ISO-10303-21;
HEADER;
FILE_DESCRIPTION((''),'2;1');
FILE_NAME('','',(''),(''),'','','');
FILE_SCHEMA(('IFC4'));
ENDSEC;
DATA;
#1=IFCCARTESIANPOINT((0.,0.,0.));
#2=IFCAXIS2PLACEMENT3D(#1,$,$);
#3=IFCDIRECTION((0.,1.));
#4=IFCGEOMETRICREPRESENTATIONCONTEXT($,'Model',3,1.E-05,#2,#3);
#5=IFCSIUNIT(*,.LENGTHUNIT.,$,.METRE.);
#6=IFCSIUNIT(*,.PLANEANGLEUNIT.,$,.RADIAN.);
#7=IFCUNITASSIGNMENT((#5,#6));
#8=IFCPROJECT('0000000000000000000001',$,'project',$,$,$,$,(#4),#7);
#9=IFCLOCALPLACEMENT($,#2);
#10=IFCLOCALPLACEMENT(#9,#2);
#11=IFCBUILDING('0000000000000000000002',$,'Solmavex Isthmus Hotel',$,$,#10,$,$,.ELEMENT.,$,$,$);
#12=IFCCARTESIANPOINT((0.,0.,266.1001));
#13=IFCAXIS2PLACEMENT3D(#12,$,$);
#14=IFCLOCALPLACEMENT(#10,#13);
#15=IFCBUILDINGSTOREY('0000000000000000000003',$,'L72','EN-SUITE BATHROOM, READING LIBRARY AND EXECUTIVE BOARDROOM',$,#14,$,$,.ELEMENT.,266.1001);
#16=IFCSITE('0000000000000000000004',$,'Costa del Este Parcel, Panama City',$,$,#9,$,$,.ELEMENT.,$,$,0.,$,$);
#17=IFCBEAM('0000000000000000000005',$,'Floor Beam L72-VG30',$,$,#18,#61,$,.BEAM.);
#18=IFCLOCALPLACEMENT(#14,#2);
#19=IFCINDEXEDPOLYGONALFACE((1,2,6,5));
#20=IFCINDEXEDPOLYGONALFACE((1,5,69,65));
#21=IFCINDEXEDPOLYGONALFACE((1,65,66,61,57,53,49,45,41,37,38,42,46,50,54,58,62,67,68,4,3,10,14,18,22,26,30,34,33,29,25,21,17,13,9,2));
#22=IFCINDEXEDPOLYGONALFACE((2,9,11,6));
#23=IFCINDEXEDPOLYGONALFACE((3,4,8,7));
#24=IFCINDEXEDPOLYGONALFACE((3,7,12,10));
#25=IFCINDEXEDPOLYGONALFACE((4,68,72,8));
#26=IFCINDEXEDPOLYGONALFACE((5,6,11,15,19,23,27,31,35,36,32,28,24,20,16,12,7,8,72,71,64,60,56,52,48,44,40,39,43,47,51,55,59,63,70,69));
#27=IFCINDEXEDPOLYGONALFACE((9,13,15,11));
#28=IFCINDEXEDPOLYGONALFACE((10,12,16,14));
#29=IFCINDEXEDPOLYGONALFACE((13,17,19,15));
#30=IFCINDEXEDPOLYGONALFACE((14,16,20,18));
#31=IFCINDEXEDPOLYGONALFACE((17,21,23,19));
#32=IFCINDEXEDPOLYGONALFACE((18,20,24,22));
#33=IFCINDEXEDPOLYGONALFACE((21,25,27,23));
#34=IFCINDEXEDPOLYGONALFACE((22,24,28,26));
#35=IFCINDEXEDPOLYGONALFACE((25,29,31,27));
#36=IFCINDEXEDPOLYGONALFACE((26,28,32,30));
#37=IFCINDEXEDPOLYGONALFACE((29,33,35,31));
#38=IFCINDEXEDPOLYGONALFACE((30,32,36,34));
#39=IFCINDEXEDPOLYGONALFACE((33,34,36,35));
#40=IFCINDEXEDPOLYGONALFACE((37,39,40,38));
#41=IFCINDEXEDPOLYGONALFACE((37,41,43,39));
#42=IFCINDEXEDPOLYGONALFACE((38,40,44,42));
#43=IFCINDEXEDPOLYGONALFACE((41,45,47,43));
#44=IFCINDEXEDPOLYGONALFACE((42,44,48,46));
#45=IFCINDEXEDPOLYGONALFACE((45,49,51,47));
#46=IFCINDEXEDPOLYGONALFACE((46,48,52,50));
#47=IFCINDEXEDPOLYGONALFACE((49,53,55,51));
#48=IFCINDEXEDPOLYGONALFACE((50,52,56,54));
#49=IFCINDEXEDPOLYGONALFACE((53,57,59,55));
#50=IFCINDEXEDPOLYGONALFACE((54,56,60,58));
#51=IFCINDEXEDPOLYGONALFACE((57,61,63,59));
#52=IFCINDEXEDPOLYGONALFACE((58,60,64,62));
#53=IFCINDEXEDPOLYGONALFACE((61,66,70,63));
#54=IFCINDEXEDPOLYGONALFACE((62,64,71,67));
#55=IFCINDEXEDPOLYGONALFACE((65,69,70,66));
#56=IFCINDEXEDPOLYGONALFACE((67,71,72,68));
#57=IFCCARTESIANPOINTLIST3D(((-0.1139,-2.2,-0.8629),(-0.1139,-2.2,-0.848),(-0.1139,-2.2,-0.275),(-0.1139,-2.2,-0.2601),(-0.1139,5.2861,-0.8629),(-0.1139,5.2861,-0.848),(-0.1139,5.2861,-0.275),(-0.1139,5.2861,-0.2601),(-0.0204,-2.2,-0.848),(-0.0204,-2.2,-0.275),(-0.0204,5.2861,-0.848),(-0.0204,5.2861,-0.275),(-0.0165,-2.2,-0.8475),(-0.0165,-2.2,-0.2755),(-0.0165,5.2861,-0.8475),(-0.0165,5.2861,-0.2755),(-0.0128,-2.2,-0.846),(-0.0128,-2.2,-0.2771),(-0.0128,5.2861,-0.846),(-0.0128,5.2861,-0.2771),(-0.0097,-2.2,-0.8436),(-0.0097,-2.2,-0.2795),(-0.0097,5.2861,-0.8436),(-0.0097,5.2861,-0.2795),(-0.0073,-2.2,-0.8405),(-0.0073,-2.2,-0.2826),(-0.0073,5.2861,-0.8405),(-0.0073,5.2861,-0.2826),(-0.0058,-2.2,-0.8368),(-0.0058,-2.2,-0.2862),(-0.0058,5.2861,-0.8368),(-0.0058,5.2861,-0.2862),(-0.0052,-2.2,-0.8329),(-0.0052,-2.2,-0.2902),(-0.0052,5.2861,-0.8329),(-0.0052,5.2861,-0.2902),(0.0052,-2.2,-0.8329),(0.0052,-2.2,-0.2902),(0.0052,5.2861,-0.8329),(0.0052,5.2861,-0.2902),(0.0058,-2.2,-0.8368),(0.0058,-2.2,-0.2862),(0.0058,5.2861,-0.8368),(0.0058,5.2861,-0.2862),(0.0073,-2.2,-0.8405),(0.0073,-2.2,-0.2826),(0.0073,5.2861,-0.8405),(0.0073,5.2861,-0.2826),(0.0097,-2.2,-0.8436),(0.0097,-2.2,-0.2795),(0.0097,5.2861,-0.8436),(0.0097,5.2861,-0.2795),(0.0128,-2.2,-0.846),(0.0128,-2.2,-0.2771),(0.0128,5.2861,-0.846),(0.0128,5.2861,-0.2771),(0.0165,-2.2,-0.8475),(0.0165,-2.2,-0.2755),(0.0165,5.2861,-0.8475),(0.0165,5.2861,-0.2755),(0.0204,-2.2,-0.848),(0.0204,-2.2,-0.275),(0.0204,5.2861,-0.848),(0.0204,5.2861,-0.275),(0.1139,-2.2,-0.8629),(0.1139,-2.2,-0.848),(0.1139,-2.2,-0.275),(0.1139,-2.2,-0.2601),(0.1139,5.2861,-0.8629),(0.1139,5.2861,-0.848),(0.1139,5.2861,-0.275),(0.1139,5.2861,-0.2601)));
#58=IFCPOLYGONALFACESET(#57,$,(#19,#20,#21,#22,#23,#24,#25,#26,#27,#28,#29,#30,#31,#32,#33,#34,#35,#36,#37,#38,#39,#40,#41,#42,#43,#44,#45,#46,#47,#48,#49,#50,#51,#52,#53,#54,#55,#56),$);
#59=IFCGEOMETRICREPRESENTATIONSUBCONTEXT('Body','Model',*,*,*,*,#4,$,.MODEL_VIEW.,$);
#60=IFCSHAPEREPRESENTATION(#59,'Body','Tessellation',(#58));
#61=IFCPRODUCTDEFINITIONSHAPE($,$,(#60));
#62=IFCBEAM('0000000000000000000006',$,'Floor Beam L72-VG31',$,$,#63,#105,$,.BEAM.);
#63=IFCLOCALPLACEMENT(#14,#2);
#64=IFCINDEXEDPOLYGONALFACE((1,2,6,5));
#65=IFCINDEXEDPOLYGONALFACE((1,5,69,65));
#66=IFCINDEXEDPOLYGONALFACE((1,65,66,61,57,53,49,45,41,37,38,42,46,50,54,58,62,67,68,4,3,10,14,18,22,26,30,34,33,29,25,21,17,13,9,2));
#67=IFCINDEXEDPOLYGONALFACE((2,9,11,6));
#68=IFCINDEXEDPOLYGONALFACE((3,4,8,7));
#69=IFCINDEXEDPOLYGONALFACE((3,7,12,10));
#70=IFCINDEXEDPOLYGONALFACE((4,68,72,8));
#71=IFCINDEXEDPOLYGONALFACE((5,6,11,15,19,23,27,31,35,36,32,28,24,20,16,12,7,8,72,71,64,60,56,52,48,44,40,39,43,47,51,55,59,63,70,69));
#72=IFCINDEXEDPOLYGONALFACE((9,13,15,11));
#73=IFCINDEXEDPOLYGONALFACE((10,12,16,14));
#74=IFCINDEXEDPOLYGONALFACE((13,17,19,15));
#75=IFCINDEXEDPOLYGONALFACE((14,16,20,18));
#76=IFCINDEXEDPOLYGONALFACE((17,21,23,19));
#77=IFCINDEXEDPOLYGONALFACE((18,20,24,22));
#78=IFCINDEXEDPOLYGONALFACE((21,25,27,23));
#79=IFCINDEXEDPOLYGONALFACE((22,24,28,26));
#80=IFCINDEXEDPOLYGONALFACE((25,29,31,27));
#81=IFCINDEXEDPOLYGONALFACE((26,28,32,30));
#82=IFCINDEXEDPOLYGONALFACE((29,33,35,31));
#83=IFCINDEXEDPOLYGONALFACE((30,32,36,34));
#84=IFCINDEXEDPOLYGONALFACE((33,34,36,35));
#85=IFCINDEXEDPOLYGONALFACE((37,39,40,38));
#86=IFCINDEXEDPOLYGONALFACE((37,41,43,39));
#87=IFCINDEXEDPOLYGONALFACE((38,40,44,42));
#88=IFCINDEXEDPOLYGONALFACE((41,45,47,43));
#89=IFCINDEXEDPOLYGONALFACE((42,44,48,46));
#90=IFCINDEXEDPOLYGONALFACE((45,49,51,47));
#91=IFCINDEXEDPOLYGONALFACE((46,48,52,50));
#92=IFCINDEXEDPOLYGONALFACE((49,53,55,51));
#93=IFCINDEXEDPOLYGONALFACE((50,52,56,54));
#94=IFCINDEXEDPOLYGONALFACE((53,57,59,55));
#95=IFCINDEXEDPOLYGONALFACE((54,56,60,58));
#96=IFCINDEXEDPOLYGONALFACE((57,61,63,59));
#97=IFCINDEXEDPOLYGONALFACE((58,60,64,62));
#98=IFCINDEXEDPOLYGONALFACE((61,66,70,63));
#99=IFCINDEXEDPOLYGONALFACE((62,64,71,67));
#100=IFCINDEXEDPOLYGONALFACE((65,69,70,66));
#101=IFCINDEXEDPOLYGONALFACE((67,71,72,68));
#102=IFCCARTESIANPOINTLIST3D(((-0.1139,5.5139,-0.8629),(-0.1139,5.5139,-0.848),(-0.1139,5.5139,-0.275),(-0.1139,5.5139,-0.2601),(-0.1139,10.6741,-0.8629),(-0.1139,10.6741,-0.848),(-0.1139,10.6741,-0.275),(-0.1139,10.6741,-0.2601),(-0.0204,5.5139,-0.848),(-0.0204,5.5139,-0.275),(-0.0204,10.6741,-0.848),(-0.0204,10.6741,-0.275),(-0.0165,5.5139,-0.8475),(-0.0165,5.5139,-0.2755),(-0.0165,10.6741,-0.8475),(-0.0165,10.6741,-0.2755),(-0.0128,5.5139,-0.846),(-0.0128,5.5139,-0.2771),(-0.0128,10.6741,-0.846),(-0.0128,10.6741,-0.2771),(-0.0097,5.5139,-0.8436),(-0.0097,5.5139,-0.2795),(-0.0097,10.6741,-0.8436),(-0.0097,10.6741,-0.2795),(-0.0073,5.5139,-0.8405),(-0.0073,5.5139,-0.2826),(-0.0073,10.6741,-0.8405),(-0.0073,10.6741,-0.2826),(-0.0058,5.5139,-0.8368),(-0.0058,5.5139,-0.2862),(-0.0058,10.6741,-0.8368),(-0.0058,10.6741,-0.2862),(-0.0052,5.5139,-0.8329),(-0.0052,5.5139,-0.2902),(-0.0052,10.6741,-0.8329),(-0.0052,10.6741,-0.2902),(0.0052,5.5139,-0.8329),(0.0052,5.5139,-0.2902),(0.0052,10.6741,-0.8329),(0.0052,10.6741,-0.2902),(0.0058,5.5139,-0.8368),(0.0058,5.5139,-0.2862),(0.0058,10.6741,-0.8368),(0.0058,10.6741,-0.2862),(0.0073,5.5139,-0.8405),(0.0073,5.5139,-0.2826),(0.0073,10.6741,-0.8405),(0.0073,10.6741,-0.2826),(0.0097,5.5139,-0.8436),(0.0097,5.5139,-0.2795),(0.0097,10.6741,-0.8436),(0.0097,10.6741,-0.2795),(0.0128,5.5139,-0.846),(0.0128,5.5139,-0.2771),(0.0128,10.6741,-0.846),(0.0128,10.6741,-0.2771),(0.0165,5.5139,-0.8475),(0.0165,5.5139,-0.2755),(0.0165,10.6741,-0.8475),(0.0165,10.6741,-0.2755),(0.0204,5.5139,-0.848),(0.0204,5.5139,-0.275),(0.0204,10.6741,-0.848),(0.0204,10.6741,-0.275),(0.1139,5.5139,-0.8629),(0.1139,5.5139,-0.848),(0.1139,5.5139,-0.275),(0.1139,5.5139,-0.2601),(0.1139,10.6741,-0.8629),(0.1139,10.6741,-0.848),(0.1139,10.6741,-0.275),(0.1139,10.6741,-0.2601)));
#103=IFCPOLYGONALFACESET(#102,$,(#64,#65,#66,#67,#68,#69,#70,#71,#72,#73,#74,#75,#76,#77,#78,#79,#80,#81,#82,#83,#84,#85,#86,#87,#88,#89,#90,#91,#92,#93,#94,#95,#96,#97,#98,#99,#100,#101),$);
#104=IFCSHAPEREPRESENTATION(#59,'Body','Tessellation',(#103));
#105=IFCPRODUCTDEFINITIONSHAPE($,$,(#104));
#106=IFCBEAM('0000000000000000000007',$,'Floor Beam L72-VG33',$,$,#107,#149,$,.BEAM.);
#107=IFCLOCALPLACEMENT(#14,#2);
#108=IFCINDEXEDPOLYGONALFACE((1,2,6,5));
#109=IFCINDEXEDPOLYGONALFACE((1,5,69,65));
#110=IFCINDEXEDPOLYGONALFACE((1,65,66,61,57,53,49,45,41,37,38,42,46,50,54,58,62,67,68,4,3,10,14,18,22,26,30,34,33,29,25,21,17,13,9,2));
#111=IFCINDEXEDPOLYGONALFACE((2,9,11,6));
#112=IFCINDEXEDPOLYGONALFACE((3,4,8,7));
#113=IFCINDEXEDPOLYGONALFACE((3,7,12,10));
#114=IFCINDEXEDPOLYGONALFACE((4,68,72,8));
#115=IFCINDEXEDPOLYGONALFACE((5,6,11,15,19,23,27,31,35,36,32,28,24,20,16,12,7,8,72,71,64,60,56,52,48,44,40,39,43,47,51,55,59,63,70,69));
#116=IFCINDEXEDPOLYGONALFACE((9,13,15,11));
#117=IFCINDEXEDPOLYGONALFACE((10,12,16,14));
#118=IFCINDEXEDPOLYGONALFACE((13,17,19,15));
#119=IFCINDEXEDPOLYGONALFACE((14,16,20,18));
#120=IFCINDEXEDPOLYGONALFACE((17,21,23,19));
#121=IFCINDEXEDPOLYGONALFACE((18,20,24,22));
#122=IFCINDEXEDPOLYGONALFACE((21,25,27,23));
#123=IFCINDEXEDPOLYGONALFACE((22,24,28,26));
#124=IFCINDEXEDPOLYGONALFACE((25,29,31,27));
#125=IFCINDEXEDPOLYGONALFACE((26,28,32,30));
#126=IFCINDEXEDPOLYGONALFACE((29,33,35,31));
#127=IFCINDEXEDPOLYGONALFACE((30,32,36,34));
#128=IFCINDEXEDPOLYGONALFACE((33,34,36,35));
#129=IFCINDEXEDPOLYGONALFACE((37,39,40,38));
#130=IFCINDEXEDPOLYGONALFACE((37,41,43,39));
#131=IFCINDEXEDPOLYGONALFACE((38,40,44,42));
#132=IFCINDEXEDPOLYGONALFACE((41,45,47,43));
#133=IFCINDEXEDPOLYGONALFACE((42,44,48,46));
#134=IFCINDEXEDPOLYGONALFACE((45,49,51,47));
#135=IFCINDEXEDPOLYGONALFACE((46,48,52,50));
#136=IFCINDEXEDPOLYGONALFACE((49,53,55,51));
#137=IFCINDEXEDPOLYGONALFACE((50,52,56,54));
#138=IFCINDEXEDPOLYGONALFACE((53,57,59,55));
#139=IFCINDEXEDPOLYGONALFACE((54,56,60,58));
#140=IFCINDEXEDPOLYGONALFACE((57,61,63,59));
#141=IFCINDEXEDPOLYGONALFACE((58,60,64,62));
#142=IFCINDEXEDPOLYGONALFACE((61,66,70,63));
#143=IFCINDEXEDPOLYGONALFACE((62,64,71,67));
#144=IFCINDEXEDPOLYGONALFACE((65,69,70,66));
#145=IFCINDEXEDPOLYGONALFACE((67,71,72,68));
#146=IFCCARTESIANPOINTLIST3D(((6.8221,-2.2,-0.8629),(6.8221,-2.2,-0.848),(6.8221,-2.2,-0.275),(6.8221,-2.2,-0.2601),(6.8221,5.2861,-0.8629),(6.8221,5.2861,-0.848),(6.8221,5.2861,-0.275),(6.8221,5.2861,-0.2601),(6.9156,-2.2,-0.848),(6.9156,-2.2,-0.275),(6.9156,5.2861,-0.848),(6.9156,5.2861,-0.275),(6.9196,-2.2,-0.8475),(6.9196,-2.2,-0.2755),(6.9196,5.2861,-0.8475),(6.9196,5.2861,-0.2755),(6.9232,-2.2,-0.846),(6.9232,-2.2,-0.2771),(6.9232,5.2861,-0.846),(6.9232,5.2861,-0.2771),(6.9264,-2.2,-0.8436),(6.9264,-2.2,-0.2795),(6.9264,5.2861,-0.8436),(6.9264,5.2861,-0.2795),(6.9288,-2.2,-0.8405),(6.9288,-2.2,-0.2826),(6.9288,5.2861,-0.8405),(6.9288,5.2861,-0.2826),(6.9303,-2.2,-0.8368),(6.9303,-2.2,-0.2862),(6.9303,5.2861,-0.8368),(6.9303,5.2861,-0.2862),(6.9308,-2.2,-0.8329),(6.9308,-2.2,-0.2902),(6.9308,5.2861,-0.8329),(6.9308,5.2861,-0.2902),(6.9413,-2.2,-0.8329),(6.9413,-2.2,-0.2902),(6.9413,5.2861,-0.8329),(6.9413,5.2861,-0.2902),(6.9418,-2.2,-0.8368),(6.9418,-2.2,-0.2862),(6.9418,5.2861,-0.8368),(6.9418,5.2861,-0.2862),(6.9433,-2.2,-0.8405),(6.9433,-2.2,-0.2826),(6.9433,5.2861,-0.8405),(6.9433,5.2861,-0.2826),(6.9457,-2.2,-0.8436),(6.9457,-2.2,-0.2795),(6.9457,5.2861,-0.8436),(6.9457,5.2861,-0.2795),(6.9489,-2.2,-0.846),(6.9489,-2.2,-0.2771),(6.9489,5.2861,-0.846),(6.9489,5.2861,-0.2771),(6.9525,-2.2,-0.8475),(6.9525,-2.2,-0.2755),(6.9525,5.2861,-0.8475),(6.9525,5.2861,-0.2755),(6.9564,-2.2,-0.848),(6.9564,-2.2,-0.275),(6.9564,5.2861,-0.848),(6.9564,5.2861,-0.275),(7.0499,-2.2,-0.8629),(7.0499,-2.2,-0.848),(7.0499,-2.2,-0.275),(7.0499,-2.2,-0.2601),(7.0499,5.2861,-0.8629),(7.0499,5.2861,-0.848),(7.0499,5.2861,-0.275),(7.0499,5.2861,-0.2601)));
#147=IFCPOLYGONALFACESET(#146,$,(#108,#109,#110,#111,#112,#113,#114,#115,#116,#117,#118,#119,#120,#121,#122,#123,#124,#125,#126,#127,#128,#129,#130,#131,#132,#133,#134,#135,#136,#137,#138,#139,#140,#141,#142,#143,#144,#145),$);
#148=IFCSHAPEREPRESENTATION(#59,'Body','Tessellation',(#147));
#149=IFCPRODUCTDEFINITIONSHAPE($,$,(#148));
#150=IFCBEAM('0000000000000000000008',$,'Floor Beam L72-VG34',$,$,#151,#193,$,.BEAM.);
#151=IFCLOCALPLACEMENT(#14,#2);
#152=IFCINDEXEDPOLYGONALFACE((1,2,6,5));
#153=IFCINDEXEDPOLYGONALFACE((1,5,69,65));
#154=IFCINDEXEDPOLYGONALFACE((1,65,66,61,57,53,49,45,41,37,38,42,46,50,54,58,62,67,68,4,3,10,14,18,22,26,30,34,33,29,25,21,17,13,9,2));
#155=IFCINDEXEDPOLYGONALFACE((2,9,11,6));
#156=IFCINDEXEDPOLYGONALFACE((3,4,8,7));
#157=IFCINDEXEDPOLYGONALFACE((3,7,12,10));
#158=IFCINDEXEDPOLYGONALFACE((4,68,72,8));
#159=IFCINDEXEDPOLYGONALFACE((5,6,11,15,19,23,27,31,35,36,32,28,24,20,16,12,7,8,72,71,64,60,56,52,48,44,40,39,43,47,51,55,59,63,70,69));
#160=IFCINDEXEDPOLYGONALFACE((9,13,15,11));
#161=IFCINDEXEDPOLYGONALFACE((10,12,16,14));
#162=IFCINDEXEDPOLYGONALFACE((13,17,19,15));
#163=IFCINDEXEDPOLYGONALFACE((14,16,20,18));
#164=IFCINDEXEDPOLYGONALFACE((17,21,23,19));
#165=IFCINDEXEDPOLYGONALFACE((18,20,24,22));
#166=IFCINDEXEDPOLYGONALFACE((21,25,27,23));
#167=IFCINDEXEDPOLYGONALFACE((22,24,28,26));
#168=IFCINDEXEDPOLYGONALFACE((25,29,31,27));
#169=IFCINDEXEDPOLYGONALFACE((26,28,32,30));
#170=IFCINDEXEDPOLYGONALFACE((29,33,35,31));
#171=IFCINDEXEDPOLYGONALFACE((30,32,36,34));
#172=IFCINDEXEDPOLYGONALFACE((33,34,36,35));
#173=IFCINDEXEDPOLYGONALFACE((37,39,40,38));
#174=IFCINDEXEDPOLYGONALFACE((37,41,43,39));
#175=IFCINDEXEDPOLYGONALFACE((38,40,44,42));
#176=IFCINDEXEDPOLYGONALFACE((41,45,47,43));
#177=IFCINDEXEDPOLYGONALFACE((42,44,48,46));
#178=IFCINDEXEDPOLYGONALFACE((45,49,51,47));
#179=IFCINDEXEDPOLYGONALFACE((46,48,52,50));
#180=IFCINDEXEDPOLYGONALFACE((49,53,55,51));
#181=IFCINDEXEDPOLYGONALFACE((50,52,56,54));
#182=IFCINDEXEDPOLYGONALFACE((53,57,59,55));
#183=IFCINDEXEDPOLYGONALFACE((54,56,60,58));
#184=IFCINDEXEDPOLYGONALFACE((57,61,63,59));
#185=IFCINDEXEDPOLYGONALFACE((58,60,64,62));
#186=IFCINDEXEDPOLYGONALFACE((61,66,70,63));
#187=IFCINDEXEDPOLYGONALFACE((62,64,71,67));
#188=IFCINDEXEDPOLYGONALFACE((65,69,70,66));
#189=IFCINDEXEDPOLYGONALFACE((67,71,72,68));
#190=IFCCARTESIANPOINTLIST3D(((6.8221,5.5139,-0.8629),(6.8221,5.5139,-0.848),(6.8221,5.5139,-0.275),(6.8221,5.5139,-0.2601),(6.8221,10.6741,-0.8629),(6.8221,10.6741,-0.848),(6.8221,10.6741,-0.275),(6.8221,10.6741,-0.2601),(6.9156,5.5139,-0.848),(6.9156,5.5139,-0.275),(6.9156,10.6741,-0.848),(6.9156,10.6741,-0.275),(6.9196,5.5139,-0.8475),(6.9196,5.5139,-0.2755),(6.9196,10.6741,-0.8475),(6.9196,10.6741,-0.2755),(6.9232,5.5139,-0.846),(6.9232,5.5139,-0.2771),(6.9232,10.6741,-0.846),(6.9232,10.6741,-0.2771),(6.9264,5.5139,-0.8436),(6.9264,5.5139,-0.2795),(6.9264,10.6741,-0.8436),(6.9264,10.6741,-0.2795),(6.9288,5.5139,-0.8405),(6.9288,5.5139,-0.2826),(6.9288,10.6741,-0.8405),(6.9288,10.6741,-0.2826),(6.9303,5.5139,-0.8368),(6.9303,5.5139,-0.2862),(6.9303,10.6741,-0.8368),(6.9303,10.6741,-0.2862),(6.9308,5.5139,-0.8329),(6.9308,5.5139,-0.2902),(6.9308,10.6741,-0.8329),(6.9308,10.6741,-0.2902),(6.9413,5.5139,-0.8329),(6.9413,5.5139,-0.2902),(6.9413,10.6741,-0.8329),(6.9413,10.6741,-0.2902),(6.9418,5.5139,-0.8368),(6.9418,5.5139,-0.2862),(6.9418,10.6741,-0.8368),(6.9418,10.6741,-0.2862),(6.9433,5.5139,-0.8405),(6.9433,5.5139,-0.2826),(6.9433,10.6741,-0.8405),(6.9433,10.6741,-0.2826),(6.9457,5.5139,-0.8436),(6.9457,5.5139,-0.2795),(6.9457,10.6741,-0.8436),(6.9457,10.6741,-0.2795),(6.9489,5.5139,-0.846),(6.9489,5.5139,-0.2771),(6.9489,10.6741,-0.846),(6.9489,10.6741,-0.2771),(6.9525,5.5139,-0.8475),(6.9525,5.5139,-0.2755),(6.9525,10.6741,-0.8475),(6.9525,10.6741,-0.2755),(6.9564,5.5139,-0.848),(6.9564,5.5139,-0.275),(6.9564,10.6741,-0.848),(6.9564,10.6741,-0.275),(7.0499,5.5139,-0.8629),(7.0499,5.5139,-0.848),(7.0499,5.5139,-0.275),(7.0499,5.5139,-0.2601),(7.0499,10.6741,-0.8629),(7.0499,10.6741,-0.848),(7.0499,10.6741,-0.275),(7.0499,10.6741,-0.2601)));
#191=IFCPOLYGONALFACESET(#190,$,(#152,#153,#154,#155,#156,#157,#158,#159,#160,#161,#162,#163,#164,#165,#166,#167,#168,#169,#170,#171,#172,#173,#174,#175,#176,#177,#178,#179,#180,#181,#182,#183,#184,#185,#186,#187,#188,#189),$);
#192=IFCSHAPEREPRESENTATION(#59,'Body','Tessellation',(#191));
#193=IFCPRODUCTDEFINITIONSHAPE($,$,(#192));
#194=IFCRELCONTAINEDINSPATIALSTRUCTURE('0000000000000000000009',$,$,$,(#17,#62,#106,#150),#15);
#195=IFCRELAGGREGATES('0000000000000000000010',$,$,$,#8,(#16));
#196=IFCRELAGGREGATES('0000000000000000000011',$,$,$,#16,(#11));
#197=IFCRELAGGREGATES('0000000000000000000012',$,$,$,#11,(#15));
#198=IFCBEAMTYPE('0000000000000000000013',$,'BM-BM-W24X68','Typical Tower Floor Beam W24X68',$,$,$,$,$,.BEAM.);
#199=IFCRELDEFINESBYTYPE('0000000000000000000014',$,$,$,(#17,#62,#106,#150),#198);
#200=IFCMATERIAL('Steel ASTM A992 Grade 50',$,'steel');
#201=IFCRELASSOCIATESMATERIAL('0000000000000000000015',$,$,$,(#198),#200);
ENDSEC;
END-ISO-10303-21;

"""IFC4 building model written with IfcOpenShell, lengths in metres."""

from ifc_helpers import new_model, si_unit, direction, frame, origin, origin_2d, place, context, subcontext, project, spatial, i_section, extrude, material, material_profile, profile_set, type_object, element, save


model = new_model("IFC4")

# Units and contexts
model_context = context("Model", 3, precision=1e-05, world=origin(), true_north=direction((0.0, 1.0)))
body_context = subcontext(model_context, "Body", "Model", "MODEL_VIEW")
ifc_project = project(units=[si_unit("LENGTHUNIT", "METRE"), si_unit("PLANEANGLEUNIT", "RADIAN")], contexts=[model_context])

# Site, building, storey
site_placement = place(None, origin())
site = spatial("IfcSite", under=ifc_project, at=site_placement, Name="Costa del Este Parcel, Panama City", CompositionType="ELEMENT", RefElevation=0.0)
building_placement = place(site_placement, origin())
building = spatial("IfcBuilding", under=site, at=building_placement, Name="Solmavex Isthmus Hotel", CompositionType="ELEMENT")
storey_placement = place(building_placement, frame((0.0, 0.0, 266.1001)))
storey = spatial("IfcBuildingStorey", under=building, at=storey_placement, Name="L72", Description="EN-SUITE BATHROOM, READING LIBRARY AND EXECUTIVE BOARDROOM", CompositionType="ELEMENT", Elevation=266.1001)

# Beams
ifc_material_1 = material(Name="Steel ASTM A992 Grade 50", Category="steel")
ifc_material_profile_1 = material_profile(ifc_material_1, i_section(OverallWidth=0.2278, OverallDepth=0.6028, WebThickness=0.0105, FlangeThickness=0.0149, FilletRadius=0.0151, at=origin_2d()), Name="W24X68")
ifc_profile_set_1 = profile_set([ifc_material_profile_1], Name="Steel ASTM A992 Grade 50")
beam_type_1 = type_object("IfcBeamType", Name="BM-BM-W24X68", Description="Typical Tower Floor Beam W24X68", PredefinedType="BEAM", material=ifc_profile_set_1)
beam_1_placement = place(storey_placement, frame((0.0, -2.2, -0.5615), z_axis=(0.0, 1.0, 0.0), x_axis=(-1.0, 0.0, 0.0)))
element("IfcBeam", 1, at=beam_1_placement, inside=storey, type_object=beam_type_1, Name="Floor Beam L72-VG30", PredefinedType="BEAM", context=body_context, shape_type="SweptSolid", body=[
    extrude(i_section(OverallWidth=0.2278, OverallDepth=0.6028, WebThickness=0.0105, FlangeThickness=0.0149, FilletRadius=0.0151, at=origin_2d()), origin(), (0.0, 0.0, 1.0), 7.4861),
])
beam_2_placement = place(storey_placement, frame((0.0, 5.5139, -0.5615), z_axis=(0.0, 1.0, 0.0), x_axis=(-1.0, 0.0, 0.0)))
element("IfcBeam", 2, at=beam_2_placement, inside=storey, type_object=beam_type_1, Name="Floor Beam L72-VG31", PredefinedType="BEAM", context=body_context, shape_type="SweptSolid", body=[
    extrude(i_section(OverallWidth=0.2278, OverallDepth=0.6028, WebThickness=0.0105, FlangeThickness=0.0149, FilletRadius=0.0151, at=origin_2d()), origin(), (0.0, 0.0, 1.0), 5.1602),
])
beam_3_placement = place(storey_placement, frame((6.936, -2.2, -0.5615), z_axis=(0.0, 1.0, 0.0), x_axis=(-1.0, 0.0, 0.0)))
element("IfcBeam", 3, at=beam_3_placement, inside=storey, type_object=beam_type_1, Name="Floor Beam L72-VG33", PredefinedType="BEAM", context=body_context, shape_type="SweptSolid", body=[
    extrude(i_section(OverallWidth=0.2278, OverallDepth=0.6028, WebThickness=0.0105, FlangeThickness=0.0149, FilletRadius=0.0151, at=origin_2d()), origin(), (0.0, 0.0, 1.0), 7.4861),
])
beam_4_placement = place(storey_placement, frame((6.936, 5.5139, -0.5615), z_axis=(0.0, 1.0, 0.0), x_axis=(-1.0, 0.0, 0.0)))
element("IfcBeam", 4, at=beam_4_placement, inside=storey, type_object=beam_type_1, Name="Floor Beam L72-VG34", PredefinedType="BEAM", context=body_context, shape_type="SweptSolid", body=[
    extrude(i_section(OverallWidth=0.2278, OverallDepth=0.6028, WebThickness=0.0105, FlangeThickness=0.0149, FilletRadius=0.0151, at=origin_2d()), origin(), (0.0, 0.0, 1.0), 5.1602),
])

save(model, "model.ifc")
